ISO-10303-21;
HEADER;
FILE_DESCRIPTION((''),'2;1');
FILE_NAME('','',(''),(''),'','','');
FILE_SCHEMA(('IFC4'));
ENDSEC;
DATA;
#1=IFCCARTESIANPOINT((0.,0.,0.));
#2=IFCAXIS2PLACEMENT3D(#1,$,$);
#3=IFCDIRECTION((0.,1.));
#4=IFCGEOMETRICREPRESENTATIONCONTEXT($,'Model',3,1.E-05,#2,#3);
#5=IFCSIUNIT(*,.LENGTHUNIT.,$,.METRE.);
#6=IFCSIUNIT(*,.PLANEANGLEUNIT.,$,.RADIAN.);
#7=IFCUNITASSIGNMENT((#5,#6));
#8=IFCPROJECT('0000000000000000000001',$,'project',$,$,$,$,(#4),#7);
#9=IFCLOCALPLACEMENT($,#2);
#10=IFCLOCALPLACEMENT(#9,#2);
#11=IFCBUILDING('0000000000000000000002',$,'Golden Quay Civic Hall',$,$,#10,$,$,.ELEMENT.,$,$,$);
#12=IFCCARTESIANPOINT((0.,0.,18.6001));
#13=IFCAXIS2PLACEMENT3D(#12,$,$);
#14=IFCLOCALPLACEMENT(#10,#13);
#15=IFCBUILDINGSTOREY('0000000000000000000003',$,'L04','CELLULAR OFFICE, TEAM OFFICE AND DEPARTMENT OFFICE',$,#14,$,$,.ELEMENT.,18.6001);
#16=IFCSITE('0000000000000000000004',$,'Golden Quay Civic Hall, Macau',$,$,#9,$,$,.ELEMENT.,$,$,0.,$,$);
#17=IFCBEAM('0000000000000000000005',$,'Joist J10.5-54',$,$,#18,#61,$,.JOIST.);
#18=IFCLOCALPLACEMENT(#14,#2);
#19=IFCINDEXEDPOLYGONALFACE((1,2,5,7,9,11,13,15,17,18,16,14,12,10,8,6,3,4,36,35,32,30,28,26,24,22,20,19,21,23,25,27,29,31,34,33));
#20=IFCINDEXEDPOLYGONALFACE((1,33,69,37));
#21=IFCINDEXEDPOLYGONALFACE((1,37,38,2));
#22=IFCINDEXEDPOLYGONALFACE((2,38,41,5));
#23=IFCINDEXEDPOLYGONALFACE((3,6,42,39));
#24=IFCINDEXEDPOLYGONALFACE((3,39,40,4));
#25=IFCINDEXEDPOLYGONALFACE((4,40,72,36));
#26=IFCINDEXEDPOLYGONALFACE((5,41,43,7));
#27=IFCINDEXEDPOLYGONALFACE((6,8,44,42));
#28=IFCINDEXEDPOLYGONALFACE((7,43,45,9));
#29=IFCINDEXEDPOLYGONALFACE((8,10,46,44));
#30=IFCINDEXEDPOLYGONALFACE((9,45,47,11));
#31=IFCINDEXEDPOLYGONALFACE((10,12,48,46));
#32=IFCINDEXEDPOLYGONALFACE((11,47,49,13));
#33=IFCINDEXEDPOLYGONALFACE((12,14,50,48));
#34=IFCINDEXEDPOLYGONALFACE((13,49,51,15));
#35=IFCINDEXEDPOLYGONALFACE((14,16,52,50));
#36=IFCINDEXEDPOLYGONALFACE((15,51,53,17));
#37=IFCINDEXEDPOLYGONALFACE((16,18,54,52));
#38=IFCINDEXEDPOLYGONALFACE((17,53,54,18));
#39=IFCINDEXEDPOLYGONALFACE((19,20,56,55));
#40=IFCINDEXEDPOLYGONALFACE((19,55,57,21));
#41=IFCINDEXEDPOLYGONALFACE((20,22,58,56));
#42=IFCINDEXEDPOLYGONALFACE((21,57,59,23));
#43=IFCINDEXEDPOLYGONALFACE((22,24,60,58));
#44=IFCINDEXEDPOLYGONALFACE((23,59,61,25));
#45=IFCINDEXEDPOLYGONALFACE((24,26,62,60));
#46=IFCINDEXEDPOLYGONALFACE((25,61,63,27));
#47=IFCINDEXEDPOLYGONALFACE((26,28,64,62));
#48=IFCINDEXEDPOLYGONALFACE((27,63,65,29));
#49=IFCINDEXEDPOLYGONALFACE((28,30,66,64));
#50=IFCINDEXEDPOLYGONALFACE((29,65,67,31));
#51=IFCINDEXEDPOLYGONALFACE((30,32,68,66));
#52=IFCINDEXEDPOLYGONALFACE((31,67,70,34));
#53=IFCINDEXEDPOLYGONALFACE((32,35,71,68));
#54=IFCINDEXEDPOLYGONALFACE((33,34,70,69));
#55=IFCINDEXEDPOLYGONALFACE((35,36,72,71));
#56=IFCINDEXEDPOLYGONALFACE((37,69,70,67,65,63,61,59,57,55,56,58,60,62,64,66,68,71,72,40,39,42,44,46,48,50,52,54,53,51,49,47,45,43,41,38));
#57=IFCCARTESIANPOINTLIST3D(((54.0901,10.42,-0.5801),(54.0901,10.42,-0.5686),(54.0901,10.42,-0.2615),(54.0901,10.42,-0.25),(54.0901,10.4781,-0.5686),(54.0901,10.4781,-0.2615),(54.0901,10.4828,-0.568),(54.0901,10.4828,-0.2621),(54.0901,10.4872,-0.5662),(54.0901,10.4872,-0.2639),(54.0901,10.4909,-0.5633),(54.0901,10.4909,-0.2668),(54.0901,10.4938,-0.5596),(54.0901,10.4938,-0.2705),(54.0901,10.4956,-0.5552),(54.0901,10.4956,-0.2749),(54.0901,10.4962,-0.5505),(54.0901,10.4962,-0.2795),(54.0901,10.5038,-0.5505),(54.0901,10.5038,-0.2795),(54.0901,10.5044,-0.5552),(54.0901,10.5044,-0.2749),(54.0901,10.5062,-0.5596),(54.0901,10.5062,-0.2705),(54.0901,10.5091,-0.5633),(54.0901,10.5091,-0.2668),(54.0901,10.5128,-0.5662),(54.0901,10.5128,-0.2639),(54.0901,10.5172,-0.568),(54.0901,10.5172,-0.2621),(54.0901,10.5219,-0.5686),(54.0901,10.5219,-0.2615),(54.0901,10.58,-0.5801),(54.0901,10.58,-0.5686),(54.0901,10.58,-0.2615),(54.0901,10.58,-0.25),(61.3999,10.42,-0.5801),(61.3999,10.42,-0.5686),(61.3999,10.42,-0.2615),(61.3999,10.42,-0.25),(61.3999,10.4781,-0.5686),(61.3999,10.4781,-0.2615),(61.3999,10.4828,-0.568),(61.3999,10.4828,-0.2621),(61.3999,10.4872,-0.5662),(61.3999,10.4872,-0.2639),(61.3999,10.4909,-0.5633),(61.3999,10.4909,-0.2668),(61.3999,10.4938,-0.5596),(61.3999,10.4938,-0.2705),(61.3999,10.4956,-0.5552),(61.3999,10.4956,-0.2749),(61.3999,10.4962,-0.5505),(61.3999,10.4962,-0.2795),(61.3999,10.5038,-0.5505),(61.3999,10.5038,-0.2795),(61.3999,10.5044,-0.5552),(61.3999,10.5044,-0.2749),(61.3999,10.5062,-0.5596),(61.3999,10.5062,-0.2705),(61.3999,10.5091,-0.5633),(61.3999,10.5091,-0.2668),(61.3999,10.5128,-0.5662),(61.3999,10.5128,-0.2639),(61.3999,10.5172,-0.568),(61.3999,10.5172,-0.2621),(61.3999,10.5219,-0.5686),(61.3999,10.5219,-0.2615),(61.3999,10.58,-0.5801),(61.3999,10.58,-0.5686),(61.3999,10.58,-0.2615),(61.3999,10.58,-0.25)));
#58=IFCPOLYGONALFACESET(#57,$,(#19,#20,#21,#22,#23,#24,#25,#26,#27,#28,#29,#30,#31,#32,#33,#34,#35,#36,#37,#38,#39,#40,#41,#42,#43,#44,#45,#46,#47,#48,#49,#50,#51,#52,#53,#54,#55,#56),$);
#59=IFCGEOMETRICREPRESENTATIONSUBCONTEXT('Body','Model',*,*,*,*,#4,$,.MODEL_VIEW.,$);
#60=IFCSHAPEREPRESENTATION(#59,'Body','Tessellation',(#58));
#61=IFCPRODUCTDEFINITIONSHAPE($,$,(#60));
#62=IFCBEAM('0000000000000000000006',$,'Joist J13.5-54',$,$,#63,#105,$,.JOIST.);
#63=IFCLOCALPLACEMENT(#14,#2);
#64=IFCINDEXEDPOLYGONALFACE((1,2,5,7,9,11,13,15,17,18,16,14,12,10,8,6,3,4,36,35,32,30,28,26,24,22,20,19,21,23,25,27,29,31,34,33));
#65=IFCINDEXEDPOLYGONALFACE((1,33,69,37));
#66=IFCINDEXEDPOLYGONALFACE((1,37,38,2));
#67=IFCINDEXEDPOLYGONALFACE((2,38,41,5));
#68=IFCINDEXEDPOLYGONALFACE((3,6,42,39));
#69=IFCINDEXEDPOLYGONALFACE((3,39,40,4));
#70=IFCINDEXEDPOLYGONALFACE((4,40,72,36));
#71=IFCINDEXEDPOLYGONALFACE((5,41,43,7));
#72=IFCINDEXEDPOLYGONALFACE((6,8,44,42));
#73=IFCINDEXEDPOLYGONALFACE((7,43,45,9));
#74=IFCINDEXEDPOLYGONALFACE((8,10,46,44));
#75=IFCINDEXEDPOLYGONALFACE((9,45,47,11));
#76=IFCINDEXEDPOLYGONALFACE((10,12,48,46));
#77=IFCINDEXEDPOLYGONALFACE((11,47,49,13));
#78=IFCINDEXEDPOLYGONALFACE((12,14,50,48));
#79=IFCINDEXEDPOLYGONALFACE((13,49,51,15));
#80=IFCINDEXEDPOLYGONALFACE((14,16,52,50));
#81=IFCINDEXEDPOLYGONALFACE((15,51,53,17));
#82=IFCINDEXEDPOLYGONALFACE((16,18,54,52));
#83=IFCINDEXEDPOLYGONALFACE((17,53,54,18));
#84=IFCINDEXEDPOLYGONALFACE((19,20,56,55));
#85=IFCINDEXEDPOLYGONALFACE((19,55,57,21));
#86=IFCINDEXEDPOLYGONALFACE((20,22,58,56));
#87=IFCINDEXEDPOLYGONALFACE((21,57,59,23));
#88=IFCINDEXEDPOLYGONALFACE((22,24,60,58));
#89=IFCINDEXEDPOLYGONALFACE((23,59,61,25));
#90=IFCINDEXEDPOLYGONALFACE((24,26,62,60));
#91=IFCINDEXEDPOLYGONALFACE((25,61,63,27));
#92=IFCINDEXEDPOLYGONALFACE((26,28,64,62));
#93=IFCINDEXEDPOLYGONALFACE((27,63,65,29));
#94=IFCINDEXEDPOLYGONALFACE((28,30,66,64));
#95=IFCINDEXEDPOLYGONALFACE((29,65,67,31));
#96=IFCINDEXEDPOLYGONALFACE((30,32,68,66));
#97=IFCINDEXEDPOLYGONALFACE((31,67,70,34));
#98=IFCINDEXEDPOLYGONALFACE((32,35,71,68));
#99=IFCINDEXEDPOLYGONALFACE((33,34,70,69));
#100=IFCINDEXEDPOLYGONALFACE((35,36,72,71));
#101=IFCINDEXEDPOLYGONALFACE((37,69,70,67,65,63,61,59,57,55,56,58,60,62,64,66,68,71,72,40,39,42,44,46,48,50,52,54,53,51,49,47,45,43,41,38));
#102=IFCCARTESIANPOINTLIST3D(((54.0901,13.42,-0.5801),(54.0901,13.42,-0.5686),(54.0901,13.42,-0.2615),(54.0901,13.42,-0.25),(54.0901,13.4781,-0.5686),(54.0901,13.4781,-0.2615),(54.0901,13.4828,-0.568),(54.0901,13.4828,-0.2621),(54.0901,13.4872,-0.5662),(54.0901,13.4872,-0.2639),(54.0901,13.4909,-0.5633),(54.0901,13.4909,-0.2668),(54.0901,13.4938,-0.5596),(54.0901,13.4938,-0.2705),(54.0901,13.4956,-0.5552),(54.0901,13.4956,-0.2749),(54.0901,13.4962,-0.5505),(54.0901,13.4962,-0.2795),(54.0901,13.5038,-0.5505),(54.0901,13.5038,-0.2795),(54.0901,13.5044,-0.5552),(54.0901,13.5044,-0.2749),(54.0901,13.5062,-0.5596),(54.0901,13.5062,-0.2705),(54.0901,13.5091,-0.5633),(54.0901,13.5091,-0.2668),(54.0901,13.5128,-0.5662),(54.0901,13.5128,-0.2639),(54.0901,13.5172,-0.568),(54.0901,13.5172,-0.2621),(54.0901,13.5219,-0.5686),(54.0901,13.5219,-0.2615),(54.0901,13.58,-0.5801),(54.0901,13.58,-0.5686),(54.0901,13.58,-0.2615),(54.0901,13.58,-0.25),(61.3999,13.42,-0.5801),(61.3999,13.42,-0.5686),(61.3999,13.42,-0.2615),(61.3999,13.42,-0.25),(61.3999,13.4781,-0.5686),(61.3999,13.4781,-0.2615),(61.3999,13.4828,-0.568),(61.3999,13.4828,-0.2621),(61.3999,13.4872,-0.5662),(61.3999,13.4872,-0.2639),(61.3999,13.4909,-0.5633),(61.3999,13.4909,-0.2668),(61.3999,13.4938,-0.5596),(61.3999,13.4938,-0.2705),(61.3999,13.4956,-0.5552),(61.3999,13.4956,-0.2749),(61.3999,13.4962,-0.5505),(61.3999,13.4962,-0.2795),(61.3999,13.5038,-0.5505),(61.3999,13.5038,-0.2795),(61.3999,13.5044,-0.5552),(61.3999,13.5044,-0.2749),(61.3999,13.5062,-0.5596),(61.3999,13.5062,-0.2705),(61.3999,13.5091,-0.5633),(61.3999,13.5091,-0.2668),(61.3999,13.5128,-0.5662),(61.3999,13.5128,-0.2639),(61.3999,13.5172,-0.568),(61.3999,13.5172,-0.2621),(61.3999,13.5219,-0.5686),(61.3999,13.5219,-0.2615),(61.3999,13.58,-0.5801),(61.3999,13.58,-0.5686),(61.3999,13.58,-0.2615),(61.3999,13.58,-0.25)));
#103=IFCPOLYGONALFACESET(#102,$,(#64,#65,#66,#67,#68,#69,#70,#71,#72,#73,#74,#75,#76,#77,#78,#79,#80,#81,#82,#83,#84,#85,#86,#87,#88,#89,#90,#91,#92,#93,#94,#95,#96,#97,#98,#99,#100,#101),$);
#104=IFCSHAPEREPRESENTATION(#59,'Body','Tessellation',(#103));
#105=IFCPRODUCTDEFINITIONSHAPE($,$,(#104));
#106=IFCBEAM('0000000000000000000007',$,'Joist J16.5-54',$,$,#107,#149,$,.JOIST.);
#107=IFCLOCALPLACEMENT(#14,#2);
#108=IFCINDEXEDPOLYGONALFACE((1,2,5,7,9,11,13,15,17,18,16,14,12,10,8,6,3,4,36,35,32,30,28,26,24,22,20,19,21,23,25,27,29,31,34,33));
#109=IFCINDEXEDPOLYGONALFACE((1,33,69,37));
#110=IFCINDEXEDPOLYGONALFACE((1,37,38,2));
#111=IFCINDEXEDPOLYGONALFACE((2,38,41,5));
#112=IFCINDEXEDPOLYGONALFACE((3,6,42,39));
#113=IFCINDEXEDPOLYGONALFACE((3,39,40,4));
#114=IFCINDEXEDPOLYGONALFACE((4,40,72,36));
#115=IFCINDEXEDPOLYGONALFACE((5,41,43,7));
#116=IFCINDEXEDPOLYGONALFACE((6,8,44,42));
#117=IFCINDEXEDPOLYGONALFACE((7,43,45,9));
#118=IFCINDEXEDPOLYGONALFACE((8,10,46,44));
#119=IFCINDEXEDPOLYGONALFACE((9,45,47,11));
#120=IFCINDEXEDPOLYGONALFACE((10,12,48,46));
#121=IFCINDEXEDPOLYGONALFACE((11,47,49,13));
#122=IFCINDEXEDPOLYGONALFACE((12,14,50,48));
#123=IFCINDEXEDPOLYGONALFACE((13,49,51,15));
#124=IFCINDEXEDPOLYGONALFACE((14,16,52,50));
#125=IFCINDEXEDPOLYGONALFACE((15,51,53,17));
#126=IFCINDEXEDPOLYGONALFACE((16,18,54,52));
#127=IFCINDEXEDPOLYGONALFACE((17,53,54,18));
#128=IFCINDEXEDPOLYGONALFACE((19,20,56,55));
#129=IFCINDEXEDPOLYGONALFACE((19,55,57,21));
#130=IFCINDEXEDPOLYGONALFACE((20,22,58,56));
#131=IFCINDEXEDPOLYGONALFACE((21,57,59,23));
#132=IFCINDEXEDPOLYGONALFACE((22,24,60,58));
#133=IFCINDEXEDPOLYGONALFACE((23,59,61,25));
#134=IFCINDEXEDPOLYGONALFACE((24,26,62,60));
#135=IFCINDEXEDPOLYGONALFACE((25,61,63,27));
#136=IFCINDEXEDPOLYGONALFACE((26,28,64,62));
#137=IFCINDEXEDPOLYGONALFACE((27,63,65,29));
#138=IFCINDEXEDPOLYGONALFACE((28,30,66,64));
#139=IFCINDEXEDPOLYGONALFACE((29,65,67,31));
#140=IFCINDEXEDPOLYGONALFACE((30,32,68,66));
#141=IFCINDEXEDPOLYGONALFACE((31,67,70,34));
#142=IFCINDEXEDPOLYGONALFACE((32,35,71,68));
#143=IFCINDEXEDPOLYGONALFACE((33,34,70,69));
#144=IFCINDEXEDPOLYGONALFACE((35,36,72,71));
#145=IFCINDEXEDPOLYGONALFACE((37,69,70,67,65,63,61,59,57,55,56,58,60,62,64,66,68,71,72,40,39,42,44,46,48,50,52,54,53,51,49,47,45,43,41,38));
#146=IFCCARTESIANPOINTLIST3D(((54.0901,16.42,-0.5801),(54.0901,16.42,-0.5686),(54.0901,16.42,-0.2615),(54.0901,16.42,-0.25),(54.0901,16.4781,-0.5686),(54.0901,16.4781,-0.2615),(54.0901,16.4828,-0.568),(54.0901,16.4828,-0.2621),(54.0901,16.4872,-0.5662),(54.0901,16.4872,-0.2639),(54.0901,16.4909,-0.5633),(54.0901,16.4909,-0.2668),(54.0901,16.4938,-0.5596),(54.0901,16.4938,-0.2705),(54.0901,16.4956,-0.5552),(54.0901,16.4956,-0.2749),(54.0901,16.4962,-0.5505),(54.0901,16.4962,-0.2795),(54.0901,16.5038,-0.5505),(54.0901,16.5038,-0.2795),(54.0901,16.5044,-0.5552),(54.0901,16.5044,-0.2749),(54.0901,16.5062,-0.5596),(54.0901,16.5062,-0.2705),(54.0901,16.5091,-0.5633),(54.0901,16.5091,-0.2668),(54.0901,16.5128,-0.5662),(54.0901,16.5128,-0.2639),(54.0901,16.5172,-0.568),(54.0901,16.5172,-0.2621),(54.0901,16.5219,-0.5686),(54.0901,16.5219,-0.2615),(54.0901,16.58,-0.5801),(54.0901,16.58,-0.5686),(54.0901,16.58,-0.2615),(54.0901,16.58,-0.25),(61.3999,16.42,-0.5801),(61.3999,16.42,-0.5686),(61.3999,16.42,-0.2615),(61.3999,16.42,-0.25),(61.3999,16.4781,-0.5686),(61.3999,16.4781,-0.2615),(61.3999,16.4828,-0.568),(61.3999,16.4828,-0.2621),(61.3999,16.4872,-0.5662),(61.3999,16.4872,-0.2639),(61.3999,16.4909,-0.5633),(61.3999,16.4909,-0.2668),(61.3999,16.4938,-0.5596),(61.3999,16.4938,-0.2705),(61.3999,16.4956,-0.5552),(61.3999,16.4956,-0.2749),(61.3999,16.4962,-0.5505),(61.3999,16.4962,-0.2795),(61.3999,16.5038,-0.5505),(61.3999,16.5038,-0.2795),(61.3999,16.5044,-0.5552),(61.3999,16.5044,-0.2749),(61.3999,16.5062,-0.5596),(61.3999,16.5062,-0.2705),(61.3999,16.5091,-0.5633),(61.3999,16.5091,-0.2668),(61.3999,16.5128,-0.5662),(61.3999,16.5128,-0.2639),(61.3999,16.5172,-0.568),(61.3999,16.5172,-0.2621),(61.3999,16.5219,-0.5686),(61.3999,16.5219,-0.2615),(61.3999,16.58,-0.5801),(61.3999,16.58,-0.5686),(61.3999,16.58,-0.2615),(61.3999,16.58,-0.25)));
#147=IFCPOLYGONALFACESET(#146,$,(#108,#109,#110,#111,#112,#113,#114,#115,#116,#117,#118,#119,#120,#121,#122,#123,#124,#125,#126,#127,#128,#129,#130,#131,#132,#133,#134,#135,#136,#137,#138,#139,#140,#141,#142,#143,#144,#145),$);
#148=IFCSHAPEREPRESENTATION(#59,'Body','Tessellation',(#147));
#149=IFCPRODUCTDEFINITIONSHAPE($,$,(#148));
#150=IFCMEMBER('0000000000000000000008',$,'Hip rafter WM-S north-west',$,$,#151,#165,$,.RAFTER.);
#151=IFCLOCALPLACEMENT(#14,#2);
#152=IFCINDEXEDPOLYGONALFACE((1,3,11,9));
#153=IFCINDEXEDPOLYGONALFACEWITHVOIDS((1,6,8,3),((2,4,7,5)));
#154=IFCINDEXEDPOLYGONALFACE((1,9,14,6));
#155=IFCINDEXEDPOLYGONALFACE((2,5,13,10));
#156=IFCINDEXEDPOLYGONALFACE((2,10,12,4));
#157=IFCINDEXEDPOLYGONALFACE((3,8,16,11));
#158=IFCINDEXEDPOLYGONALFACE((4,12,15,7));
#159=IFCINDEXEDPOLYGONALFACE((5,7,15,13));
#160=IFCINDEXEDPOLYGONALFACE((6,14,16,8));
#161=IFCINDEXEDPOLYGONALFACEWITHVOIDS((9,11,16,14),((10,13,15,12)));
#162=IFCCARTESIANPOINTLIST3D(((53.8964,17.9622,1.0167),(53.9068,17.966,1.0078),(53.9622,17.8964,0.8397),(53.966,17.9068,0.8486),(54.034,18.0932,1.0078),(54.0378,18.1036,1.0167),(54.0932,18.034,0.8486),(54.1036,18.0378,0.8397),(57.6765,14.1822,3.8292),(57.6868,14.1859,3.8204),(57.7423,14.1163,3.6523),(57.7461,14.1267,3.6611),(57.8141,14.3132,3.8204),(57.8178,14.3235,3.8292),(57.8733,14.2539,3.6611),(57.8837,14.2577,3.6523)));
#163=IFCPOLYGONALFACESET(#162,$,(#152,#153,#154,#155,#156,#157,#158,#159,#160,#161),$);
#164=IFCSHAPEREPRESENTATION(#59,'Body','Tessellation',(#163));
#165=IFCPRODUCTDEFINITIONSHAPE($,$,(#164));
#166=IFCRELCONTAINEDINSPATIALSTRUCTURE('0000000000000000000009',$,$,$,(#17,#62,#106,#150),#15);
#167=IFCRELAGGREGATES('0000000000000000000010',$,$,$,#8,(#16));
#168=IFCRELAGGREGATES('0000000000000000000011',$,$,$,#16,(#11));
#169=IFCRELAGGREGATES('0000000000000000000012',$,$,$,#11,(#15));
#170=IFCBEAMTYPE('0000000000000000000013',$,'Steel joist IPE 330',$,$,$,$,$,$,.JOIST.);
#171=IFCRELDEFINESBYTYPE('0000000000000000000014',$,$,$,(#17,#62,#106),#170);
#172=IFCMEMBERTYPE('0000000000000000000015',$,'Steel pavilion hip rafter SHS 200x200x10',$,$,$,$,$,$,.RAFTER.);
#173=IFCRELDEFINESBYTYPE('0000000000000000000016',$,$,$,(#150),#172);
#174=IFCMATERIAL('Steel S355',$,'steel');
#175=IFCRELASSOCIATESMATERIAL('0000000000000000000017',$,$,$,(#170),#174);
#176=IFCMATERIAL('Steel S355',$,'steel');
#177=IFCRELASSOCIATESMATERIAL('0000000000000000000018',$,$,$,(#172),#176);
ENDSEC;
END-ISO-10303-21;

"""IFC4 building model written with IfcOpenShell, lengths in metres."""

from ifc_helpers import new_model, si_unit, direction, frame, origin, origin_2d, place, context, subcontext, project, spatial, hollow_rectangle, i_section, extrude, material, material_profile, profile_set, type_object, element, save


model = new_model("IFC4")

# Units and contexts
model_context = context("Model", 3, precision=1e-05, world=origin(), true_north=direction((0.0, 1.0)))
body_context = subcontext(model_context, "Body", "Model", "MODEL_VIEW")
ifc_project = project(units=[si_unit("LENGTHUNIT", "METRE"), si_unit("PLANEANGLEUNIT", "RADIAN")], contexts=[model_context])

# Site, building, storey
site_placement = place(None, origin())
site = spatial("IfcSite", under=ifc_project, at=site_placement, Name="Golden Quay Civic Hall, Macau", CompositionType="ELEMENT", RefElevation=0.0)
building_placement = place(site_placement, origin())
building = spatial("IfcBuilding", under=site, at=building_placement, Name="Golden Quay Civic Hall", CompositionType="ELEMENT")
storey_placement = place(building_placement, frame((0.0, 0.0, 18.6001)))
storey = spatial("IfcBuildingStorey", under=building, at=storey_placement, Name="L04", Description="CELLULAR OFFICE, TEAM OFFICE AND DEPARTMENT OFFICE", CompositionType="ELEMENT", Elevation=18.6001)

# Beams
ifc_material_1 = material(Name="Steel S355", Category="steel")
ifc_material_profile_1 = material_profile(ifc_material_1, i_section(OverallWidth=0.1599, OverallDepth=0.3301, WebThickness=0.0076, FlangeThickness=0.0115, FilletRadius=0.0181, at=origin_2d()), Name="IPE 330")
ifc_profile_set_1 = profile_set([ifc_material_profile_1], Name="Steel S355")
beam_type_1 = type_object("IfcBeamType", Name="Steel joist IPE 330", PredefinedType="JOIST", material=ifc_profile_set_1)
for number, where, z_axis, x_axis, name in (
    (1, (54.0901, 10.5, -0.415), (1.0, 0.0, 0.0), (0.0, 1.0, 0.0), "Joist J10.5-54"),
    (2, (54.0901, 13.5, -0.415), (1.0, 0.0, 0.0), (0.0, 1.0, 0.0), "Joist J13.5-54"),
    (3, (54.0901, 16.5, -0.415), (1.0, 0.0, 0.0), (0.0, 1.0, 0.0), "Joist J16.5-54"),
):
    element("IfcBeam", number, at=place(storey_placement, frame(where, z_axis=z_axis, x_axis=x_axis)), inside=storey, type_object=beam_type_1, Name=name, PredefinedType="JOIST", context=body_context, shape_type="SweptSolid", body=[
        extrude(i_section(OverallWidth=0.1599, OverallDepth=0.3301, WebThickness=0.0076, FlangeThickness=0.0115, FilletRadius=0.0181, at=origin_2d()), origin(), (0.0, 0.0, 1.0), 7.3098),
    ])

# Member
ifc_material_2 = material(Name="Steel S355", Category="steel")
ifc_material_profile_2 = material_profile(ifc_material_2, hollow_rectangle(XDim=0.2, YDim=0.2, WallThickness=0.01, at=origin_2d()), Name="SHS 200x200x10")
ifc_profile_set_2 = profile_set([ifc_material_profile_2], Name="Steel S355")
member_type_1 = type_object("IfcMemberType", Name="Steel pavilion hip rafter SHS 200x200x10", PredefinedType="RAFTER", material=ifc_profile_set_2)
member_1_placement = place(storey_placement, frame((54.0, 18.0, 0.9282), z_axis=(0.625783, -0.625783, 0.465609), x_axis=(0.707107, 0.707107, 0.0)))
element("IfcMember", 4, at=member_1_placement, inside=storey, type_object=member_type_1, Name="Hip rafter WM-S north-west", PredefinedType="RAFTER", context=body_context, shape_type="SweptSolid", body=[
    extrude(hollow_rectangle(XDim=0.2, YDim=0.2, WallThickness=0.01, at=origin_2d()), origin(), (0.0, 0.0, 1.0), 6.0405),
])

save(model, "model.ifc")
